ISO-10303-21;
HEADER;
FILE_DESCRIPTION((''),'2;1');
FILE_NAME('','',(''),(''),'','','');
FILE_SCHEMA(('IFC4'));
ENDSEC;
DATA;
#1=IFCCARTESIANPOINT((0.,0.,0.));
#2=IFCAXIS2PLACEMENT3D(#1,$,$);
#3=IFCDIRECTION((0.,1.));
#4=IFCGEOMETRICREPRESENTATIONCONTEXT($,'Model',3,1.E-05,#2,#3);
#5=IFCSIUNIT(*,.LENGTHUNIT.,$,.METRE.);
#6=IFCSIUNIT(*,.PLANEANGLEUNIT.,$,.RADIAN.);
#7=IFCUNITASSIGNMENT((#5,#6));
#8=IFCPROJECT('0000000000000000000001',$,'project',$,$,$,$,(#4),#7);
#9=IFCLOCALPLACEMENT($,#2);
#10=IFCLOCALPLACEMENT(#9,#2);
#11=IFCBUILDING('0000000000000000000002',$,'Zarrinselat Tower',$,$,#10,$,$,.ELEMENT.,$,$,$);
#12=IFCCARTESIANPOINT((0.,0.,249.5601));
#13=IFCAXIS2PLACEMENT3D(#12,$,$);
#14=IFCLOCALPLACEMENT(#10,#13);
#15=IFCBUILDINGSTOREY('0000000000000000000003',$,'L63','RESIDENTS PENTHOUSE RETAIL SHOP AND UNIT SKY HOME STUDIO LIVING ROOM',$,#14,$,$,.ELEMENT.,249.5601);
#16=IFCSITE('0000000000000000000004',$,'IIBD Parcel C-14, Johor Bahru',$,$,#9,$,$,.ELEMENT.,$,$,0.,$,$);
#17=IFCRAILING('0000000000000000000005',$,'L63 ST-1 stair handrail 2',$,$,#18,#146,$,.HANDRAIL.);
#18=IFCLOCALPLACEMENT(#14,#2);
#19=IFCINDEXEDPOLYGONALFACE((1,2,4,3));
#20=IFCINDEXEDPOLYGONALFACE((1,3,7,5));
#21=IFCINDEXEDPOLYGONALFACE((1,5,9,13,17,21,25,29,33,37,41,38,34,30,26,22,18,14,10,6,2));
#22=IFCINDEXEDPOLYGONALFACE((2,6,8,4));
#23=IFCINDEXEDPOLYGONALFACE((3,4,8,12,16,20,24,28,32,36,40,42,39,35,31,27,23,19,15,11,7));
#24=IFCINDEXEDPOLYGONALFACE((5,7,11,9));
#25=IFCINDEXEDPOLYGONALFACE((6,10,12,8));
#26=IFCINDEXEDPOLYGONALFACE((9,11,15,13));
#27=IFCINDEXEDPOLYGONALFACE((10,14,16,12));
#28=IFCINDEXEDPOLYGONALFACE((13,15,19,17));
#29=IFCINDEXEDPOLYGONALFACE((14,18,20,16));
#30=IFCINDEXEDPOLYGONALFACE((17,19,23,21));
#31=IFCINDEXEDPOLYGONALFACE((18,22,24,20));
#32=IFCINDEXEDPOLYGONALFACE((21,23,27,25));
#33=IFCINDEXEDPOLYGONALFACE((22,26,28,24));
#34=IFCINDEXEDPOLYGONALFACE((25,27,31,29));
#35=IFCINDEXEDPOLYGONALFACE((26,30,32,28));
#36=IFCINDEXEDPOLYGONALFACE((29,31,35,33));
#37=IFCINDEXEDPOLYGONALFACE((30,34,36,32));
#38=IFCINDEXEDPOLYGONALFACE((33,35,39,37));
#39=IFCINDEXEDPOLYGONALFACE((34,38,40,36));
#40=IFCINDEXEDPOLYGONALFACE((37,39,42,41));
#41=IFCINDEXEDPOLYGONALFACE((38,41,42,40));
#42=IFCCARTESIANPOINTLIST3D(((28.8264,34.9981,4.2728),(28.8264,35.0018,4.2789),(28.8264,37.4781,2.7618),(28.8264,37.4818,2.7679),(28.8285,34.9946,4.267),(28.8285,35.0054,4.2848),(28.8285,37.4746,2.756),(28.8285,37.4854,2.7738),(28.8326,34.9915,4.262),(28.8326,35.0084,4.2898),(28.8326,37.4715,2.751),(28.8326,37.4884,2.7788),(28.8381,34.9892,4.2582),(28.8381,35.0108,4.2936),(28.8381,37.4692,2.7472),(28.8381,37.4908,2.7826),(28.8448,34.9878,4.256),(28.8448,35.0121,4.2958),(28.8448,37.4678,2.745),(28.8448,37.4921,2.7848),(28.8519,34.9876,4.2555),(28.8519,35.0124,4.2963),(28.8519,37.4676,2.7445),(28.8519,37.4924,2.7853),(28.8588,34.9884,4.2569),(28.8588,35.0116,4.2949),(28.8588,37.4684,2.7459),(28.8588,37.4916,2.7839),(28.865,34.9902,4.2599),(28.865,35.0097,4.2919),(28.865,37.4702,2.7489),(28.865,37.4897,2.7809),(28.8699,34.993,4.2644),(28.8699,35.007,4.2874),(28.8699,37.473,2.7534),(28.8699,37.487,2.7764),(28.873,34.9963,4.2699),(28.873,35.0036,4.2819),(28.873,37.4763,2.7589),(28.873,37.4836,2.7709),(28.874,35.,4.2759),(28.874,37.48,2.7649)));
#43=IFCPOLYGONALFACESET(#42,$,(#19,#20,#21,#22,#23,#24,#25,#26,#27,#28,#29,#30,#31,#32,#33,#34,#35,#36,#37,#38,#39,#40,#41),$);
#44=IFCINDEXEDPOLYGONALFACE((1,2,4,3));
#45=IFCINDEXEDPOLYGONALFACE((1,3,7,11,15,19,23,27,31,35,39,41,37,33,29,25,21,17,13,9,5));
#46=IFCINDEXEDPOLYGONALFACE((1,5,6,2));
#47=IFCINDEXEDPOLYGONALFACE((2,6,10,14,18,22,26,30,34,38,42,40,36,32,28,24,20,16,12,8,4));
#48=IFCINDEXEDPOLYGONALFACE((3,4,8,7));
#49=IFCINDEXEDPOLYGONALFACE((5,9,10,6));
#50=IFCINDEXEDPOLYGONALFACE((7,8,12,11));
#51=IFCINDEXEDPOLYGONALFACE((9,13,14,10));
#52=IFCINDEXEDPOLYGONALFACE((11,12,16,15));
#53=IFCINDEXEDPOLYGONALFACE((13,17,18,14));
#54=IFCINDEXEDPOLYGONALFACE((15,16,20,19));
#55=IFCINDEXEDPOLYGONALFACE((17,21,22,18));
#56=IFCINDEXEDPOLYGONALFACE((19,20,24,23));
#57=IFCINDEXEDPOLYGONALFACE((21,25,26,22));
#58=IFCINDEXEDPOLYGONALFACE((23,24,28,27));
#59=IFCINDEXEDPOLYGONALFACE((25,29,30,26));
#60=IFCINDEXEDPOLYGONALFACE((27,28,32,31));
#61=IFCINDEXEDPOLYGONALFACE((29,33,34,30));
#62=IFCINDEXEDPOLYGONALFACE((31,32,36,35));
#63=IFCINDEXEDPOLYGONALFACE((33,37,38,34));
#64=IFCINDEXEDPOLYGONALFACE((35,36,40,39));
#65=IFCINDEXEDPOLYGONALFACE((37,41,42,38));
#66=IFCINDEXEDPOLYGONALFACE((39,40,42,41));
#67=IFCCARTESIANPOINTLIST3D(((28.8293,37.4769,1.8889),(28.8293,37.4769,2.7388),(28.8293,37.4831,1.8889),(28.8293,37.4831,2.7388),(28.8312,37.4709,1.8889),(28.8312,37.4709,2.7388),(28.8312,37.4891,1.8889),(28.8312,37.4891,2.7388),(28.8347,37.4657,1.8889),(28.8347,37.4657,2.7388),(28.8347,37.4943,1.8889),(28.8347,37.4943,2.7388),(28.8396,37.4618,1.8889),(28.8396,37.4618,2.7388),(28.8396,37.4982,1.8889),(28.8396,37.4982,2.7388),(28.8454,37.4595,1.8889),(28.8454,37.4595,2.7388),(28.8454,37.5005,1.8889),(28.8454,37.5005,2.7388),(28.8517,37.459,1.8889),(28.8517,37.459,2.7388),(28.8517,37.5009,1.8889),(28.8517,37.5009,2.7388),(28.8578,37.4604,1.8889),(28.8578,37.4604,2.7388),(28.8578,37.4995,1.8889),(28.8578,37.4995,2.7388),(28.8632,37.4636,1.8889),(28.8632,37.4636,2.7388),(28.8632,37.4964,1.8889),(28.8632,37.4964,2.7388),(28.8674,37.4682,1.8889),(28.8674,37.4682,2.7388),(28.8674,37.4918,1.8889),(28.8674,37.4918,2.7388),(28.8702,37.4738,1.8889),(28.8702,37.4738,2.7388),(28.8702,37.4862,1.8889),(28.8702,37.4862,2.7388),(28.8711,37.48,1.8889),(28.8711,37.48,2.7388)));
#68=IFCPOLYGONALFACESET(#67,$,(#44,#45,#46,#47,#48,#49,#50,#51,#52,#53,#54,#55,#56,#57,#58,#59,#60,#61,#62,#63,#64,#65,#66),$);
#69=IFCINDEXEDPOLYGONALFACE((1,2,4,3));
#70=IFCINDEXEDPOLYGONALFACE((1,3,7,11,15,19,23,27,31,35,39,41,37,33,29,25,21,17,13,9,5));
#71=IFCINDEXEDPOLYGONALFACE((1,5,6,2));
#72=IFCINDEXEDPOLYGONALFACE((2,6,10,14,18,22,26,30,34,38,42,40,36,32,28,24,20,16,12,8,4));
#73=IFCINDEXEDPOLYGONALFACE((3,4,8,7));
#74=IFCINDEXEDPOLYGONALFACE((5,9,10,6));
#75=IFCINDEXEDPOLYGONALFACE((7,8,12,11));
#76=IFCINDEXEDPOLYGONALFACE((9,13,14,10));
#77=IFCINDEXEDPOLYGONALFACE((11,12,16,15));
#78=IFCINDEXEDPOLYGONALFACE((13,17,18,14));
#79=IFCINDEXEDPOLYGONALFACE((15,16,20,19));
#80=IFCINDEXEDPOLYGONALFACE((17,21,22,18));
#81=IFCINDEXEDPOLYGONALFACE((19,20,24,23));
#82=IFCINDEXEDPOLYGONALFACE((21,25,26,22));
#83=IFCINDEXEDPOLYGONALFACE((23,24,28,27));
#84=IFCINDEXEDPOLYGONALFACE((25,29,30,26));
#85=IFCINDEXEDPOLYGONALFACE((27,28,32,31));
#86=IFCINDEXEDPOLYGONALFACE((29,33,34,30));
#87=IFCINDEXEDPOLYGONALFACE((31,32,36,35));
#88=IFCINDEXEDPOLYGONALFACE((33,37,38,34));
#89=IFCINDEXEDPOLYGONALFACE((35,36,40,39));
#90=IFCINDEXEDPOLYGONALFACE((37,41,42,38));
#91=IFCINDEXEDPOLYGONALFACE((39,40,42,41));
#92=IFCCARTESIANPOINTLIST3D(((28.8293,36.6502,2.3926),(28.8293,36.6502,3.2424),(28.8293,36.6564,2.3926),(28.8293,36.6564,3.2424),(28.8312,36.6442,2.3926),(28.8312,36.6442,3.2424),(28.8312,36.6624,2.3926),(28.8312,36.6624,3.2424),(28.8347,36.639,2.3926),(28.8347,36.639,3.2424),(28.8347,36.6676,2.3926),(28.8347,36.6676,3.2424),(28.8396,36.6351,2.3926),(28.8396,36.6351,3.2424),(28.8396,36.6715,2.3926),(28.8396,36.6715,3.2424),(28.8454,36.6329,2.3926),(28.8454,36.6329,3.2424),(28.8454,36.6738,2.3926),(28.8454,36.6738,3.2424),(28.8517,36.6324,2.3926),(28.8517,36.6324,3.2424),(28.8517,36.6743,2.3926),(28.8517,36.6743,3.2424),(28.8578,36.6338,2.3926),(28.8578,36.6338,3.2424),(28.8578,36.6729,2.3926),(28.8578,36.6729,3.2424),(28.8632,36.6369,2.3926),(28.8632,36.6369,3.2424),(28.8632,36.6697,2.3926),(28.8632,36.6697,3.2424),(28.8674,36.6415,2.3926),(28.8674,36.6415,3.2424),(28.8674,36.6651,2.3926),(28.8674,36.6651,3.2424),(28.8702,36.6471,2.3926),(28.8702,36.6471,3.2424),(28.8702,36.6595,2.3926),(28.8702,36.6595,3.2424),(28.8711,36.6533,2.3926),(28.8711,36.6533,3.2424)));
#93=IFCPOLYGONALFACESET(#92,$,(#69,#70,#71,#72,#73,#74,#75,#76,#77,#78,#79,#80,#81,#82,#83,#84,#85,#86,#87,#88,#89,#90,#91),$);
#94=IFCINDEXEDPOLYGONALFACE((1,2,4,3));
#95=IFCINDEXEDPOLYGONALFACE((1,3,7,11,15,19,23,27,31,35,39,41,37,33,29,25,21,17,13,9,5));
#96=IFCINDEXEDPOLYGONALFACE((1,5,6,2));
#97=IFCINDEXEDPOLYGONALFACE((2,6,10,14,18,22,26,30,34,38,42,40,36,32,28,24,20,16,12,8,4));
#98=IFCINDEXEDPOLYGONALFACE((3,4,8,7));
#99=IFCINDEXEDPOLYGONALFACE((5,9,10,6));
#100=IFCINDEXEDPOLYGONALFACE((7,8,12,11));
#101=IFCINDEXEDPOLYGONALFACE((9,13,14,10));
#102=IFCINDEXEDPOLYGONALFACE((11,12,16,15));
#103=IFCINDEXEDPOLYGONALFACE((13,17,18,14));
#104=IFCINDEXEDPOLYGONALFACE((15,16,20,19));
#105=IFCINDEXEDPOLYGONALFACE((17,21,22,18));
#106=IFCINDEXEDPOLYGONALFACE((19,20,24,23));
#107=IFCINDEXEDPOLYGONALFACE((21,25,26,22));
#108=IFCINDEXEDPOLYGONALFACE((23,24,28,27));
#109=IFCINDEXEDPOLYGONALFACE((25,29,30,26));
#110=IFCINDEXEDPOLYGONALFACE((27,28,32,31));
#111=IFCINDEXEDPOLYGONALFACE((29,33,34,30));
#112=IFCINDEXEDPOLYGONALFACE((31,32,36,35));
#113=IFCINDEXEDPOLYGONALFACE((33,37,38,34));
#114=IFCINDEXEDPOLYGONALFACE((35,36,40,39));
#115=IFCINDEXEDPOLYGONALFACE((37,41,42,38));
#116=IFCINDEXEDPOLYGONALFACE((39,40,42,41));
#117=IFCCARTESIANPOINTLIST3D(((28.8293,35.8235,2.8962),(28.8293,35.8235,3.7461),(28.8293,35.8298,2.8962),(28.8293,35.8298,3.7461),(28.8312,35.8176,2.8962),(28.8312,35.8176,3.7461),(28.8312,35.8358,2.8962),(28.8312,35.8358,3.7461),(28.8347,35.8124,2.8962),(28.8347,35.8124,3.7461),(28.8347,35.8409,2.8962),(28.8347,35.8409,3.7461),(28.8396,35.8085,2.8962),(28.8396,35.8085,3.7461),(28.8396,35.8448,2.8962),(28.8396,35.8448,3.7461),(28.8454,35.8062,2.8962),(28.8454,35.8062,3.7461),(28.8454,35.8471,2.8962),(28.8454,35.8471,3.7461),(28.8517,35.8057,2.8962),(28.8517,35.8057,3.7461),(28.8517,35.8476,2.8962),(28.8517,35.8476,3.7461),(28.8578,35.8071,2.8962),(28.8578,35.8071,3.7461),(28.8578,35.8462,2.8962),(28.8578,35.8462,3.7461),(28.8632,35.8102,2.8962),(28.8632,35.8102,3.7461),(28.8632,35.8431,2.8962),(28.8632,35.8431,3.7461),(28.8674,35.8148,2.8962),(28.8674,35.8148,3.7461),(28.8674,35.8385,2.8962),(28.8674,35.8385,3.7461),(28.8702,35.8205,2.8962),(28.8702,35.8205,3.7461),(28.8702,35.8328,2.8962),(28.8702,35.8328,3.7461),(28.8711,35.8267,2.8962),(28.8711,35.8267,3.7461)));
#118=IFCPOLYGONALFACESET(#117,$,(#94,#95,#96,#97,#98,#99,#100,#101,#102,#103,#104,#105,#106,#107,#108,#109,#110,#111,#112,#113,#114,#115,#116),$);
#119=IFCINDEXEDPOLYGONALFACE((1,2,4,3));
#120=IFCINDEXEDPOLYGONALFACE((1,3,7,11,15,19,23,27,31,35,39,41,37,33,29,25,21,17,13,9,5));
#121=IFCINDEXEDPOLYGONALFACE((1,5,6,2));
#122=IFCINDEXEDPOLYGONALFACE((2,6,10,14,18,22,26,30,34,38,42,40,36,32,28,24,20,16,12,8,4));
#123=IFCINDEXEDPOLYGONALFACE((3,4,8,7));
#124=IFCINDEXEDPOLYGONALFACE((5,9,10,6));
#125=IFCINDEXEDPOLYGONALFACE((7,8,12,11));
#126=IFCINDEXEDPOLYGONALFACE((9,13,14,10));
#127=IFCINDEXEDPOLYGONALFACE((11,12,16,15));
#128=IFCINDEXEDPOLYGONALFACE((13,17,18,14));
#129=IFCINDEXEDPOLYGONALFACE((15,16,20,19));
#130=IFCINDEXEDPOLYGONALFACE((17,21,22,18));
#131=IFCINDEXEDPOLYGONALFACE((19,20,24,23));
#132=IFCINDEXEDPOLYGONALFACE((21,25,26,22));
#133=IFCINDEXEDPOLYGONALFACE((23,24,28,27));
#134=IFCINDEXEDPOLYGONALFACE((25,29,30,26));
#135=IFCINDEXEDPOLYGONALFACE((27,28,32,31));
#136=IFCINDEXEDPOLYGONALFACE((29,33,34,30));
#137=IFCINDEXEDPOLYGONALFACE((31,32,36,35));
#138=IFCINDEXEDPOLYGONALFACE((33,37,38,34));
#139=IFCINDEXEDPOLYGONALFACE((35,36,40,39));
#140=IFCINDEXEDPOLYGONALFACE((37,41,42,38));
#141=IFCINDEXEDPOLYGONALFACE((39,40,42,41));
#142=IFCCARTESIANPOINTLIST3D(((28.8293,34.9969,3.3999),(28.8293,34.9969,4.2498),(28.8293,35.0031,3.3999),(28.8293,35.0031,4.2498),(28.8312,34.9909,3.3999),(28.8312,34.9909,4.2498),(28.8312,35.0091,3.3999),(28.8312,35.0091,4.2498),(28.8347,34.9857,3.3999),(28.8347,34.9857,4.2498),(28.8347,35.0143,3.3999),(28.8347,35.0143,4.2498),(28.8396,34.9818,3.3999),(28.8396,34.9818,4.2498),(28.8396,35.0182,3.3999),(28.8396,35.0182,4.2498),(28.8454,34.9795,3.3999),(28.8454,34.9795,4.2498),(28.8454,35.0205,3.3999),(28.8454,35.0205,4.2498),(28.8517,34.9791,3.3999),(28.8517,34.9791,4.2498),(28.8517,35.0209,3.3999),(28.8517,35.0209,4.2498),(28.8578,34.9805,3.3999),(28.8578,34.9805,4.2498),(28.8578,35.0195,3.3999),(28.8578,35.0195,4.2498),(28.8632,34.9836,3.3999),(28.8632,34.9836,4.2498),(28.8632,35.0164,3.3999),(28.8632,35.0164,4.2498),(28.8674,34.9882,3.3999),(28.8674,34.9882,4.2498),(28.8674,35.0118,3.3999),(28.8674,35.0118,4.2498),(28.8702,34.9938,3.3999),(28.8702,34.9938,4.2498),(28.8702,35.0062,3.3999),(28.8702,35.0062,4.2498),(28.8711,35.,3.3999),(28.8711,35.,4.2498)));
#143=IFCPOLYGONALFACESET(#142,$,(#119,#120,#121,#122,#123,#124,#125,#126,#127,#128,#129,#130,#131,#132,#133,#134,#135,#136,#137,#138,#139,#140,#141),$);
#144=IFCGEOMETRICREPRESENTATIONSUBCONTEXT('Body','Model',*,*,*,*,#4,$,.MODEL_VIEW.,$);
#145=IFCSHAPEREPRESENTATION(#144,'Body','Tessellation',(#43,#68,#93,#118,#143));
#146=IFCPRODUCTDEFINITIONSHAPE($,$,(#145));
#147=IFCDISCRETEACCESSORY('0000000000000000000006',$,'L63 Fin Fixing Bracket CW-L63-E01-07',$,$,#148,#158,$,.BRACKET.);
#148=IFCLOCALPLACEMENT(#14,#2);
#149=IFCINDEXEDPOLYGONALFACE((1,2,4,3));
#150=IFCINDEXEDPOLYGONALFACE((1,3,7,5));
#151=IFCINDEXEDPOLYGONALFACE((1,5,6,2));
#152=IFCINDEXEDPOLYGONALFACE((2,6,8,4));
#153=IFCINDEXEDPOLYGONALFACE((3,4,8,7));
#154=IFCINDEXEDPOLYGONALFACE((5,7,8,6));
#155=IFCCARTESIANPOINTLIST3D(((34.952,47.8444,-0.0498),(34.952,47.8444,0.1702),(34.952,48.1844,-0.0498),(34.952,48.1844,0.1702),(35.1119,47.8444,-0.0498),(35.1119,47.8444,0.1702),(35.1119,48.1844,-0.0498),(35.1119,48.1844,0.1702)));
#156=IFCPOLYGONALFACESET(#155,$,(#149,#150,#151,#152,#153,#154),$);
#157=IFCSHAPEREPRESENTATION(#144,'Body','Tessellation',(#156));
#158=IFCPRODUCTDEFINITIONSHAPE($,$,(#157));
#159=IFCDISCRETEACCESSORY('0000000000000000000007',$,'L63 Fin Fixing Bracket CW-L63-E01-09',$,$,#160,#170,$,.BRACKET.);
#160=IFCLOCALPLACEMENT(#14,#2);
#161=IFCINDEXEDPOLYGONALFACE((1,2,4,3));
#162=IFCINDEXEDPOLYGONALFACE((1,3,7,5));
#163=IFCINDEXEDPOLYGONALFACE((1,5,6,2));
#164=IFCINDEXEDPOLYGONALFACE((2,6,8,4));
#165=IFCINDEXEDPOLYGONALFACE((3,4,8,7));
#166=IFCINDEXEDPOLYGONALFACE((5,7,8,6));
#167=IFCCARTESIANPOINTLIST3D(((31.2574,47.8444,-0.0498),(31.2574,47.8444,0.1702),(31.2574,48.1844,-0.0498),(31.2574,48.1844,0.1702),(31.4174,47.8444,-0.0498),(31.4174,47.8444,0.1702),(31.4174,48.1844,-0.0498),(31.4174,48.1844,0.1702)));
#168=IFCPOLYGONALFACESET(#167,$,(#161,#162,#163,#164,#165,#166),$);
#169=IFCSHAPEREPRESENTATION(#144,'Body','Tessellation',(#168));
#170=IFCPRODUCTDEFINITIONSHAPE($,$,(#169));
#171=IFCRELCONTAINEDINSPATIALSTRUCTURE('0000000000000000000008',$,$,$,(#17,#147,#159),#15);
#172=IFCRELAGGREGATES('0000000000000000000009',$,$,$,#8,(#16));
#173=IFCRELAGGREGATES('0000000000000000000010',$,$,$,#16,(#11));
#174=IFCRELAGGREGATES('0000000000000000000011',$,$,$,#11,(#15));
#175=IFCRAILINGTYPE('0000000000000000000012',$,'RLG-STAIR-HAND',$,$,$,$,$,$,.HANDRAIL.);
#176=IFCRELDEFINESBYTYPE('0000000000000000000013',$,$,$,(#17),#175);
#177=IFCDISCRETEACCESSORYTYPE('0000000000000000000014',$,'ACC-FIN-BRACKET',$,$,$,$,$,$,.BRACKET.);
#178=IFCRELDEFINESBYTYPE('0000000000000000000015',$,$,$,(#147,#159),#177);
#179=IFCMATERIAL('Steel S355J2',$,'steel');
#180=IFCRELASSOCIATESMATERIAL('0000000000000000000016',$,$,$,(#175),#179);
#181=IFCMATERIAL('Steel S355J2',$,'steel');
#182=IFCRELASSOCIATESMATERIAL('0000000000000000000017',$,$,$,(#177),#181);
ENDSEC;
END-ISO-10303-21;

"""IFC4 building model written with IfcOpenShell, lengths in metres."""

from ifc_helpers import new_model, si_unit, direction, frame, origin, origin_2d, place, context, subcontext, project, spatial, rectangle, circle, extrude, material, type_object, element, save


model = new_model("IFC4")

# Units and contexts
model_context = context("Model", 3, precision=1e-05, world=origin(), true_north=direction((0.0, 1.0)))
body_context = subcontext(model_context, "Body", "Model", "MODEL_VIEW")
ifc_project = project(units=[si_unit("LENGTHUNIT", "METRE"), si_unit("PLANEANGLEUNIT", "RADIAN")], contexts=[model_context])

# Site, building, storey
site_placement = place(None, origin())
site = spatial("IfcSite", under=ifc_project, at=site_placement, Name="IIBD Parcel C-14, Johor Bahru", CompositionType="ELEMENT", RefElevation=0.0)
building_placement = place(site_placement, origin())
building = spatial("IfcBuilding", under=site, at=building_placement, Name="Zarrinselat Tower", CompositionType="ELEMENT")
storey_placement = place(building_placement, frame((0.0, 0.0, 249.5601)))
storey = spatial("IfcBuildingStorey", under=building, at=storey_placement, Name="L63", Description="RESIDENTS PENTHOUSE RETAIL SHOP AND UNIT SKY HOME STUDIO LIVING ROOM", CompositionType="ELEMENT", Elevation=249.5601)

# Railing
ifc_material_1 = material(Name="Steel S355J2", Category="steel")
railing_type_1 = type_object("IfcRailingType", Name="RLG-STAIR-HAND", PredefinedType="HANDRAIL", material=ifc_material_1)
railing_1_placement = place(storey_placement, frame((28.8501, 37.48, 1.8889)))
element("IfcRailing", 1, at=railing_1_placement, inside=storey, type_object=railing_type_1, Name="L63 ST-1 stair handrail 2", PredefinedType="HANDRAIL", context=body_context, shape_type="SweptSolid", body=[
    extrude(circle(Radius=0.0239, at=origin_2d()), frame((0.0, 0.0, 0.876), z_axis=(0.0, -0.853979, 0.520307), x_axis=(1.0, 0.0, 0.0)), (0.0, 0.0, 1.0), 2.9041),
    extrude(circle(Radius=0.021, at=origin_2d()), origin(), (0.0, 0.0, 1.0), 0.8499),
    extrude(circle(Radius=0.021, at=origin_2d()), frame((0.0, -0.8267, 0.5037)), (0.0, 0.0, 1.0), 0.8499),
    extrude(circle(Radius=0.021, at=origin_2d()), frame((0.0, -1.6533, 1.0073)), (0.0, 0.0, 1.0), 0.8499),
    extrude(circle(Radius=0.021, at=origin_2d()), frame((0.0, -2.48, 1.511)), (0.0, 0.0, 1.0), 0.8499),
])

# Discrete accessories
ifc_material_2 = material(Name="Steel S355J2", Category="steel")
discrete_accessory_type = type_object("IfcDiscreteAccessoryType", Name="ACC-FIN-BRACKET", PredefinedType="BRACKET", material=ifc_material_2)
for number, where, z_axis, x_axis, name in (
    (2, (35.032, 48.0144, -0.0498), (0.0, 0.0, 1.0), (0.0, 1.0, 0.0), "L63 Fin Fixing Bracket CW-L63-E01-07"),
    (3, (31.3374, 48.0144, -0.0498), (0.0, 0.0, 1.0), (0.0, 1.0, 0.0), "L63 Fin Fixing Bracket CW-L63-E01-09"),
):
    element("IfcDiscreteAccessory", number, at=place(storey_placement, frame(where, z_axis=z_axis, x_axis=x_axis)), inside=storey, type_object=discrete_accessory_type, Name=name, PredefinedType="BRACKET", context=body_context, shape_type="SweptSolid", body=[
        extrude(rectangle(XDim=0.3401, YDim=0.1599, at=origin_2d()), origin(), (0.0, 0.0, 1.0), 0.22),
    ])

save(model, "model.ifc")
